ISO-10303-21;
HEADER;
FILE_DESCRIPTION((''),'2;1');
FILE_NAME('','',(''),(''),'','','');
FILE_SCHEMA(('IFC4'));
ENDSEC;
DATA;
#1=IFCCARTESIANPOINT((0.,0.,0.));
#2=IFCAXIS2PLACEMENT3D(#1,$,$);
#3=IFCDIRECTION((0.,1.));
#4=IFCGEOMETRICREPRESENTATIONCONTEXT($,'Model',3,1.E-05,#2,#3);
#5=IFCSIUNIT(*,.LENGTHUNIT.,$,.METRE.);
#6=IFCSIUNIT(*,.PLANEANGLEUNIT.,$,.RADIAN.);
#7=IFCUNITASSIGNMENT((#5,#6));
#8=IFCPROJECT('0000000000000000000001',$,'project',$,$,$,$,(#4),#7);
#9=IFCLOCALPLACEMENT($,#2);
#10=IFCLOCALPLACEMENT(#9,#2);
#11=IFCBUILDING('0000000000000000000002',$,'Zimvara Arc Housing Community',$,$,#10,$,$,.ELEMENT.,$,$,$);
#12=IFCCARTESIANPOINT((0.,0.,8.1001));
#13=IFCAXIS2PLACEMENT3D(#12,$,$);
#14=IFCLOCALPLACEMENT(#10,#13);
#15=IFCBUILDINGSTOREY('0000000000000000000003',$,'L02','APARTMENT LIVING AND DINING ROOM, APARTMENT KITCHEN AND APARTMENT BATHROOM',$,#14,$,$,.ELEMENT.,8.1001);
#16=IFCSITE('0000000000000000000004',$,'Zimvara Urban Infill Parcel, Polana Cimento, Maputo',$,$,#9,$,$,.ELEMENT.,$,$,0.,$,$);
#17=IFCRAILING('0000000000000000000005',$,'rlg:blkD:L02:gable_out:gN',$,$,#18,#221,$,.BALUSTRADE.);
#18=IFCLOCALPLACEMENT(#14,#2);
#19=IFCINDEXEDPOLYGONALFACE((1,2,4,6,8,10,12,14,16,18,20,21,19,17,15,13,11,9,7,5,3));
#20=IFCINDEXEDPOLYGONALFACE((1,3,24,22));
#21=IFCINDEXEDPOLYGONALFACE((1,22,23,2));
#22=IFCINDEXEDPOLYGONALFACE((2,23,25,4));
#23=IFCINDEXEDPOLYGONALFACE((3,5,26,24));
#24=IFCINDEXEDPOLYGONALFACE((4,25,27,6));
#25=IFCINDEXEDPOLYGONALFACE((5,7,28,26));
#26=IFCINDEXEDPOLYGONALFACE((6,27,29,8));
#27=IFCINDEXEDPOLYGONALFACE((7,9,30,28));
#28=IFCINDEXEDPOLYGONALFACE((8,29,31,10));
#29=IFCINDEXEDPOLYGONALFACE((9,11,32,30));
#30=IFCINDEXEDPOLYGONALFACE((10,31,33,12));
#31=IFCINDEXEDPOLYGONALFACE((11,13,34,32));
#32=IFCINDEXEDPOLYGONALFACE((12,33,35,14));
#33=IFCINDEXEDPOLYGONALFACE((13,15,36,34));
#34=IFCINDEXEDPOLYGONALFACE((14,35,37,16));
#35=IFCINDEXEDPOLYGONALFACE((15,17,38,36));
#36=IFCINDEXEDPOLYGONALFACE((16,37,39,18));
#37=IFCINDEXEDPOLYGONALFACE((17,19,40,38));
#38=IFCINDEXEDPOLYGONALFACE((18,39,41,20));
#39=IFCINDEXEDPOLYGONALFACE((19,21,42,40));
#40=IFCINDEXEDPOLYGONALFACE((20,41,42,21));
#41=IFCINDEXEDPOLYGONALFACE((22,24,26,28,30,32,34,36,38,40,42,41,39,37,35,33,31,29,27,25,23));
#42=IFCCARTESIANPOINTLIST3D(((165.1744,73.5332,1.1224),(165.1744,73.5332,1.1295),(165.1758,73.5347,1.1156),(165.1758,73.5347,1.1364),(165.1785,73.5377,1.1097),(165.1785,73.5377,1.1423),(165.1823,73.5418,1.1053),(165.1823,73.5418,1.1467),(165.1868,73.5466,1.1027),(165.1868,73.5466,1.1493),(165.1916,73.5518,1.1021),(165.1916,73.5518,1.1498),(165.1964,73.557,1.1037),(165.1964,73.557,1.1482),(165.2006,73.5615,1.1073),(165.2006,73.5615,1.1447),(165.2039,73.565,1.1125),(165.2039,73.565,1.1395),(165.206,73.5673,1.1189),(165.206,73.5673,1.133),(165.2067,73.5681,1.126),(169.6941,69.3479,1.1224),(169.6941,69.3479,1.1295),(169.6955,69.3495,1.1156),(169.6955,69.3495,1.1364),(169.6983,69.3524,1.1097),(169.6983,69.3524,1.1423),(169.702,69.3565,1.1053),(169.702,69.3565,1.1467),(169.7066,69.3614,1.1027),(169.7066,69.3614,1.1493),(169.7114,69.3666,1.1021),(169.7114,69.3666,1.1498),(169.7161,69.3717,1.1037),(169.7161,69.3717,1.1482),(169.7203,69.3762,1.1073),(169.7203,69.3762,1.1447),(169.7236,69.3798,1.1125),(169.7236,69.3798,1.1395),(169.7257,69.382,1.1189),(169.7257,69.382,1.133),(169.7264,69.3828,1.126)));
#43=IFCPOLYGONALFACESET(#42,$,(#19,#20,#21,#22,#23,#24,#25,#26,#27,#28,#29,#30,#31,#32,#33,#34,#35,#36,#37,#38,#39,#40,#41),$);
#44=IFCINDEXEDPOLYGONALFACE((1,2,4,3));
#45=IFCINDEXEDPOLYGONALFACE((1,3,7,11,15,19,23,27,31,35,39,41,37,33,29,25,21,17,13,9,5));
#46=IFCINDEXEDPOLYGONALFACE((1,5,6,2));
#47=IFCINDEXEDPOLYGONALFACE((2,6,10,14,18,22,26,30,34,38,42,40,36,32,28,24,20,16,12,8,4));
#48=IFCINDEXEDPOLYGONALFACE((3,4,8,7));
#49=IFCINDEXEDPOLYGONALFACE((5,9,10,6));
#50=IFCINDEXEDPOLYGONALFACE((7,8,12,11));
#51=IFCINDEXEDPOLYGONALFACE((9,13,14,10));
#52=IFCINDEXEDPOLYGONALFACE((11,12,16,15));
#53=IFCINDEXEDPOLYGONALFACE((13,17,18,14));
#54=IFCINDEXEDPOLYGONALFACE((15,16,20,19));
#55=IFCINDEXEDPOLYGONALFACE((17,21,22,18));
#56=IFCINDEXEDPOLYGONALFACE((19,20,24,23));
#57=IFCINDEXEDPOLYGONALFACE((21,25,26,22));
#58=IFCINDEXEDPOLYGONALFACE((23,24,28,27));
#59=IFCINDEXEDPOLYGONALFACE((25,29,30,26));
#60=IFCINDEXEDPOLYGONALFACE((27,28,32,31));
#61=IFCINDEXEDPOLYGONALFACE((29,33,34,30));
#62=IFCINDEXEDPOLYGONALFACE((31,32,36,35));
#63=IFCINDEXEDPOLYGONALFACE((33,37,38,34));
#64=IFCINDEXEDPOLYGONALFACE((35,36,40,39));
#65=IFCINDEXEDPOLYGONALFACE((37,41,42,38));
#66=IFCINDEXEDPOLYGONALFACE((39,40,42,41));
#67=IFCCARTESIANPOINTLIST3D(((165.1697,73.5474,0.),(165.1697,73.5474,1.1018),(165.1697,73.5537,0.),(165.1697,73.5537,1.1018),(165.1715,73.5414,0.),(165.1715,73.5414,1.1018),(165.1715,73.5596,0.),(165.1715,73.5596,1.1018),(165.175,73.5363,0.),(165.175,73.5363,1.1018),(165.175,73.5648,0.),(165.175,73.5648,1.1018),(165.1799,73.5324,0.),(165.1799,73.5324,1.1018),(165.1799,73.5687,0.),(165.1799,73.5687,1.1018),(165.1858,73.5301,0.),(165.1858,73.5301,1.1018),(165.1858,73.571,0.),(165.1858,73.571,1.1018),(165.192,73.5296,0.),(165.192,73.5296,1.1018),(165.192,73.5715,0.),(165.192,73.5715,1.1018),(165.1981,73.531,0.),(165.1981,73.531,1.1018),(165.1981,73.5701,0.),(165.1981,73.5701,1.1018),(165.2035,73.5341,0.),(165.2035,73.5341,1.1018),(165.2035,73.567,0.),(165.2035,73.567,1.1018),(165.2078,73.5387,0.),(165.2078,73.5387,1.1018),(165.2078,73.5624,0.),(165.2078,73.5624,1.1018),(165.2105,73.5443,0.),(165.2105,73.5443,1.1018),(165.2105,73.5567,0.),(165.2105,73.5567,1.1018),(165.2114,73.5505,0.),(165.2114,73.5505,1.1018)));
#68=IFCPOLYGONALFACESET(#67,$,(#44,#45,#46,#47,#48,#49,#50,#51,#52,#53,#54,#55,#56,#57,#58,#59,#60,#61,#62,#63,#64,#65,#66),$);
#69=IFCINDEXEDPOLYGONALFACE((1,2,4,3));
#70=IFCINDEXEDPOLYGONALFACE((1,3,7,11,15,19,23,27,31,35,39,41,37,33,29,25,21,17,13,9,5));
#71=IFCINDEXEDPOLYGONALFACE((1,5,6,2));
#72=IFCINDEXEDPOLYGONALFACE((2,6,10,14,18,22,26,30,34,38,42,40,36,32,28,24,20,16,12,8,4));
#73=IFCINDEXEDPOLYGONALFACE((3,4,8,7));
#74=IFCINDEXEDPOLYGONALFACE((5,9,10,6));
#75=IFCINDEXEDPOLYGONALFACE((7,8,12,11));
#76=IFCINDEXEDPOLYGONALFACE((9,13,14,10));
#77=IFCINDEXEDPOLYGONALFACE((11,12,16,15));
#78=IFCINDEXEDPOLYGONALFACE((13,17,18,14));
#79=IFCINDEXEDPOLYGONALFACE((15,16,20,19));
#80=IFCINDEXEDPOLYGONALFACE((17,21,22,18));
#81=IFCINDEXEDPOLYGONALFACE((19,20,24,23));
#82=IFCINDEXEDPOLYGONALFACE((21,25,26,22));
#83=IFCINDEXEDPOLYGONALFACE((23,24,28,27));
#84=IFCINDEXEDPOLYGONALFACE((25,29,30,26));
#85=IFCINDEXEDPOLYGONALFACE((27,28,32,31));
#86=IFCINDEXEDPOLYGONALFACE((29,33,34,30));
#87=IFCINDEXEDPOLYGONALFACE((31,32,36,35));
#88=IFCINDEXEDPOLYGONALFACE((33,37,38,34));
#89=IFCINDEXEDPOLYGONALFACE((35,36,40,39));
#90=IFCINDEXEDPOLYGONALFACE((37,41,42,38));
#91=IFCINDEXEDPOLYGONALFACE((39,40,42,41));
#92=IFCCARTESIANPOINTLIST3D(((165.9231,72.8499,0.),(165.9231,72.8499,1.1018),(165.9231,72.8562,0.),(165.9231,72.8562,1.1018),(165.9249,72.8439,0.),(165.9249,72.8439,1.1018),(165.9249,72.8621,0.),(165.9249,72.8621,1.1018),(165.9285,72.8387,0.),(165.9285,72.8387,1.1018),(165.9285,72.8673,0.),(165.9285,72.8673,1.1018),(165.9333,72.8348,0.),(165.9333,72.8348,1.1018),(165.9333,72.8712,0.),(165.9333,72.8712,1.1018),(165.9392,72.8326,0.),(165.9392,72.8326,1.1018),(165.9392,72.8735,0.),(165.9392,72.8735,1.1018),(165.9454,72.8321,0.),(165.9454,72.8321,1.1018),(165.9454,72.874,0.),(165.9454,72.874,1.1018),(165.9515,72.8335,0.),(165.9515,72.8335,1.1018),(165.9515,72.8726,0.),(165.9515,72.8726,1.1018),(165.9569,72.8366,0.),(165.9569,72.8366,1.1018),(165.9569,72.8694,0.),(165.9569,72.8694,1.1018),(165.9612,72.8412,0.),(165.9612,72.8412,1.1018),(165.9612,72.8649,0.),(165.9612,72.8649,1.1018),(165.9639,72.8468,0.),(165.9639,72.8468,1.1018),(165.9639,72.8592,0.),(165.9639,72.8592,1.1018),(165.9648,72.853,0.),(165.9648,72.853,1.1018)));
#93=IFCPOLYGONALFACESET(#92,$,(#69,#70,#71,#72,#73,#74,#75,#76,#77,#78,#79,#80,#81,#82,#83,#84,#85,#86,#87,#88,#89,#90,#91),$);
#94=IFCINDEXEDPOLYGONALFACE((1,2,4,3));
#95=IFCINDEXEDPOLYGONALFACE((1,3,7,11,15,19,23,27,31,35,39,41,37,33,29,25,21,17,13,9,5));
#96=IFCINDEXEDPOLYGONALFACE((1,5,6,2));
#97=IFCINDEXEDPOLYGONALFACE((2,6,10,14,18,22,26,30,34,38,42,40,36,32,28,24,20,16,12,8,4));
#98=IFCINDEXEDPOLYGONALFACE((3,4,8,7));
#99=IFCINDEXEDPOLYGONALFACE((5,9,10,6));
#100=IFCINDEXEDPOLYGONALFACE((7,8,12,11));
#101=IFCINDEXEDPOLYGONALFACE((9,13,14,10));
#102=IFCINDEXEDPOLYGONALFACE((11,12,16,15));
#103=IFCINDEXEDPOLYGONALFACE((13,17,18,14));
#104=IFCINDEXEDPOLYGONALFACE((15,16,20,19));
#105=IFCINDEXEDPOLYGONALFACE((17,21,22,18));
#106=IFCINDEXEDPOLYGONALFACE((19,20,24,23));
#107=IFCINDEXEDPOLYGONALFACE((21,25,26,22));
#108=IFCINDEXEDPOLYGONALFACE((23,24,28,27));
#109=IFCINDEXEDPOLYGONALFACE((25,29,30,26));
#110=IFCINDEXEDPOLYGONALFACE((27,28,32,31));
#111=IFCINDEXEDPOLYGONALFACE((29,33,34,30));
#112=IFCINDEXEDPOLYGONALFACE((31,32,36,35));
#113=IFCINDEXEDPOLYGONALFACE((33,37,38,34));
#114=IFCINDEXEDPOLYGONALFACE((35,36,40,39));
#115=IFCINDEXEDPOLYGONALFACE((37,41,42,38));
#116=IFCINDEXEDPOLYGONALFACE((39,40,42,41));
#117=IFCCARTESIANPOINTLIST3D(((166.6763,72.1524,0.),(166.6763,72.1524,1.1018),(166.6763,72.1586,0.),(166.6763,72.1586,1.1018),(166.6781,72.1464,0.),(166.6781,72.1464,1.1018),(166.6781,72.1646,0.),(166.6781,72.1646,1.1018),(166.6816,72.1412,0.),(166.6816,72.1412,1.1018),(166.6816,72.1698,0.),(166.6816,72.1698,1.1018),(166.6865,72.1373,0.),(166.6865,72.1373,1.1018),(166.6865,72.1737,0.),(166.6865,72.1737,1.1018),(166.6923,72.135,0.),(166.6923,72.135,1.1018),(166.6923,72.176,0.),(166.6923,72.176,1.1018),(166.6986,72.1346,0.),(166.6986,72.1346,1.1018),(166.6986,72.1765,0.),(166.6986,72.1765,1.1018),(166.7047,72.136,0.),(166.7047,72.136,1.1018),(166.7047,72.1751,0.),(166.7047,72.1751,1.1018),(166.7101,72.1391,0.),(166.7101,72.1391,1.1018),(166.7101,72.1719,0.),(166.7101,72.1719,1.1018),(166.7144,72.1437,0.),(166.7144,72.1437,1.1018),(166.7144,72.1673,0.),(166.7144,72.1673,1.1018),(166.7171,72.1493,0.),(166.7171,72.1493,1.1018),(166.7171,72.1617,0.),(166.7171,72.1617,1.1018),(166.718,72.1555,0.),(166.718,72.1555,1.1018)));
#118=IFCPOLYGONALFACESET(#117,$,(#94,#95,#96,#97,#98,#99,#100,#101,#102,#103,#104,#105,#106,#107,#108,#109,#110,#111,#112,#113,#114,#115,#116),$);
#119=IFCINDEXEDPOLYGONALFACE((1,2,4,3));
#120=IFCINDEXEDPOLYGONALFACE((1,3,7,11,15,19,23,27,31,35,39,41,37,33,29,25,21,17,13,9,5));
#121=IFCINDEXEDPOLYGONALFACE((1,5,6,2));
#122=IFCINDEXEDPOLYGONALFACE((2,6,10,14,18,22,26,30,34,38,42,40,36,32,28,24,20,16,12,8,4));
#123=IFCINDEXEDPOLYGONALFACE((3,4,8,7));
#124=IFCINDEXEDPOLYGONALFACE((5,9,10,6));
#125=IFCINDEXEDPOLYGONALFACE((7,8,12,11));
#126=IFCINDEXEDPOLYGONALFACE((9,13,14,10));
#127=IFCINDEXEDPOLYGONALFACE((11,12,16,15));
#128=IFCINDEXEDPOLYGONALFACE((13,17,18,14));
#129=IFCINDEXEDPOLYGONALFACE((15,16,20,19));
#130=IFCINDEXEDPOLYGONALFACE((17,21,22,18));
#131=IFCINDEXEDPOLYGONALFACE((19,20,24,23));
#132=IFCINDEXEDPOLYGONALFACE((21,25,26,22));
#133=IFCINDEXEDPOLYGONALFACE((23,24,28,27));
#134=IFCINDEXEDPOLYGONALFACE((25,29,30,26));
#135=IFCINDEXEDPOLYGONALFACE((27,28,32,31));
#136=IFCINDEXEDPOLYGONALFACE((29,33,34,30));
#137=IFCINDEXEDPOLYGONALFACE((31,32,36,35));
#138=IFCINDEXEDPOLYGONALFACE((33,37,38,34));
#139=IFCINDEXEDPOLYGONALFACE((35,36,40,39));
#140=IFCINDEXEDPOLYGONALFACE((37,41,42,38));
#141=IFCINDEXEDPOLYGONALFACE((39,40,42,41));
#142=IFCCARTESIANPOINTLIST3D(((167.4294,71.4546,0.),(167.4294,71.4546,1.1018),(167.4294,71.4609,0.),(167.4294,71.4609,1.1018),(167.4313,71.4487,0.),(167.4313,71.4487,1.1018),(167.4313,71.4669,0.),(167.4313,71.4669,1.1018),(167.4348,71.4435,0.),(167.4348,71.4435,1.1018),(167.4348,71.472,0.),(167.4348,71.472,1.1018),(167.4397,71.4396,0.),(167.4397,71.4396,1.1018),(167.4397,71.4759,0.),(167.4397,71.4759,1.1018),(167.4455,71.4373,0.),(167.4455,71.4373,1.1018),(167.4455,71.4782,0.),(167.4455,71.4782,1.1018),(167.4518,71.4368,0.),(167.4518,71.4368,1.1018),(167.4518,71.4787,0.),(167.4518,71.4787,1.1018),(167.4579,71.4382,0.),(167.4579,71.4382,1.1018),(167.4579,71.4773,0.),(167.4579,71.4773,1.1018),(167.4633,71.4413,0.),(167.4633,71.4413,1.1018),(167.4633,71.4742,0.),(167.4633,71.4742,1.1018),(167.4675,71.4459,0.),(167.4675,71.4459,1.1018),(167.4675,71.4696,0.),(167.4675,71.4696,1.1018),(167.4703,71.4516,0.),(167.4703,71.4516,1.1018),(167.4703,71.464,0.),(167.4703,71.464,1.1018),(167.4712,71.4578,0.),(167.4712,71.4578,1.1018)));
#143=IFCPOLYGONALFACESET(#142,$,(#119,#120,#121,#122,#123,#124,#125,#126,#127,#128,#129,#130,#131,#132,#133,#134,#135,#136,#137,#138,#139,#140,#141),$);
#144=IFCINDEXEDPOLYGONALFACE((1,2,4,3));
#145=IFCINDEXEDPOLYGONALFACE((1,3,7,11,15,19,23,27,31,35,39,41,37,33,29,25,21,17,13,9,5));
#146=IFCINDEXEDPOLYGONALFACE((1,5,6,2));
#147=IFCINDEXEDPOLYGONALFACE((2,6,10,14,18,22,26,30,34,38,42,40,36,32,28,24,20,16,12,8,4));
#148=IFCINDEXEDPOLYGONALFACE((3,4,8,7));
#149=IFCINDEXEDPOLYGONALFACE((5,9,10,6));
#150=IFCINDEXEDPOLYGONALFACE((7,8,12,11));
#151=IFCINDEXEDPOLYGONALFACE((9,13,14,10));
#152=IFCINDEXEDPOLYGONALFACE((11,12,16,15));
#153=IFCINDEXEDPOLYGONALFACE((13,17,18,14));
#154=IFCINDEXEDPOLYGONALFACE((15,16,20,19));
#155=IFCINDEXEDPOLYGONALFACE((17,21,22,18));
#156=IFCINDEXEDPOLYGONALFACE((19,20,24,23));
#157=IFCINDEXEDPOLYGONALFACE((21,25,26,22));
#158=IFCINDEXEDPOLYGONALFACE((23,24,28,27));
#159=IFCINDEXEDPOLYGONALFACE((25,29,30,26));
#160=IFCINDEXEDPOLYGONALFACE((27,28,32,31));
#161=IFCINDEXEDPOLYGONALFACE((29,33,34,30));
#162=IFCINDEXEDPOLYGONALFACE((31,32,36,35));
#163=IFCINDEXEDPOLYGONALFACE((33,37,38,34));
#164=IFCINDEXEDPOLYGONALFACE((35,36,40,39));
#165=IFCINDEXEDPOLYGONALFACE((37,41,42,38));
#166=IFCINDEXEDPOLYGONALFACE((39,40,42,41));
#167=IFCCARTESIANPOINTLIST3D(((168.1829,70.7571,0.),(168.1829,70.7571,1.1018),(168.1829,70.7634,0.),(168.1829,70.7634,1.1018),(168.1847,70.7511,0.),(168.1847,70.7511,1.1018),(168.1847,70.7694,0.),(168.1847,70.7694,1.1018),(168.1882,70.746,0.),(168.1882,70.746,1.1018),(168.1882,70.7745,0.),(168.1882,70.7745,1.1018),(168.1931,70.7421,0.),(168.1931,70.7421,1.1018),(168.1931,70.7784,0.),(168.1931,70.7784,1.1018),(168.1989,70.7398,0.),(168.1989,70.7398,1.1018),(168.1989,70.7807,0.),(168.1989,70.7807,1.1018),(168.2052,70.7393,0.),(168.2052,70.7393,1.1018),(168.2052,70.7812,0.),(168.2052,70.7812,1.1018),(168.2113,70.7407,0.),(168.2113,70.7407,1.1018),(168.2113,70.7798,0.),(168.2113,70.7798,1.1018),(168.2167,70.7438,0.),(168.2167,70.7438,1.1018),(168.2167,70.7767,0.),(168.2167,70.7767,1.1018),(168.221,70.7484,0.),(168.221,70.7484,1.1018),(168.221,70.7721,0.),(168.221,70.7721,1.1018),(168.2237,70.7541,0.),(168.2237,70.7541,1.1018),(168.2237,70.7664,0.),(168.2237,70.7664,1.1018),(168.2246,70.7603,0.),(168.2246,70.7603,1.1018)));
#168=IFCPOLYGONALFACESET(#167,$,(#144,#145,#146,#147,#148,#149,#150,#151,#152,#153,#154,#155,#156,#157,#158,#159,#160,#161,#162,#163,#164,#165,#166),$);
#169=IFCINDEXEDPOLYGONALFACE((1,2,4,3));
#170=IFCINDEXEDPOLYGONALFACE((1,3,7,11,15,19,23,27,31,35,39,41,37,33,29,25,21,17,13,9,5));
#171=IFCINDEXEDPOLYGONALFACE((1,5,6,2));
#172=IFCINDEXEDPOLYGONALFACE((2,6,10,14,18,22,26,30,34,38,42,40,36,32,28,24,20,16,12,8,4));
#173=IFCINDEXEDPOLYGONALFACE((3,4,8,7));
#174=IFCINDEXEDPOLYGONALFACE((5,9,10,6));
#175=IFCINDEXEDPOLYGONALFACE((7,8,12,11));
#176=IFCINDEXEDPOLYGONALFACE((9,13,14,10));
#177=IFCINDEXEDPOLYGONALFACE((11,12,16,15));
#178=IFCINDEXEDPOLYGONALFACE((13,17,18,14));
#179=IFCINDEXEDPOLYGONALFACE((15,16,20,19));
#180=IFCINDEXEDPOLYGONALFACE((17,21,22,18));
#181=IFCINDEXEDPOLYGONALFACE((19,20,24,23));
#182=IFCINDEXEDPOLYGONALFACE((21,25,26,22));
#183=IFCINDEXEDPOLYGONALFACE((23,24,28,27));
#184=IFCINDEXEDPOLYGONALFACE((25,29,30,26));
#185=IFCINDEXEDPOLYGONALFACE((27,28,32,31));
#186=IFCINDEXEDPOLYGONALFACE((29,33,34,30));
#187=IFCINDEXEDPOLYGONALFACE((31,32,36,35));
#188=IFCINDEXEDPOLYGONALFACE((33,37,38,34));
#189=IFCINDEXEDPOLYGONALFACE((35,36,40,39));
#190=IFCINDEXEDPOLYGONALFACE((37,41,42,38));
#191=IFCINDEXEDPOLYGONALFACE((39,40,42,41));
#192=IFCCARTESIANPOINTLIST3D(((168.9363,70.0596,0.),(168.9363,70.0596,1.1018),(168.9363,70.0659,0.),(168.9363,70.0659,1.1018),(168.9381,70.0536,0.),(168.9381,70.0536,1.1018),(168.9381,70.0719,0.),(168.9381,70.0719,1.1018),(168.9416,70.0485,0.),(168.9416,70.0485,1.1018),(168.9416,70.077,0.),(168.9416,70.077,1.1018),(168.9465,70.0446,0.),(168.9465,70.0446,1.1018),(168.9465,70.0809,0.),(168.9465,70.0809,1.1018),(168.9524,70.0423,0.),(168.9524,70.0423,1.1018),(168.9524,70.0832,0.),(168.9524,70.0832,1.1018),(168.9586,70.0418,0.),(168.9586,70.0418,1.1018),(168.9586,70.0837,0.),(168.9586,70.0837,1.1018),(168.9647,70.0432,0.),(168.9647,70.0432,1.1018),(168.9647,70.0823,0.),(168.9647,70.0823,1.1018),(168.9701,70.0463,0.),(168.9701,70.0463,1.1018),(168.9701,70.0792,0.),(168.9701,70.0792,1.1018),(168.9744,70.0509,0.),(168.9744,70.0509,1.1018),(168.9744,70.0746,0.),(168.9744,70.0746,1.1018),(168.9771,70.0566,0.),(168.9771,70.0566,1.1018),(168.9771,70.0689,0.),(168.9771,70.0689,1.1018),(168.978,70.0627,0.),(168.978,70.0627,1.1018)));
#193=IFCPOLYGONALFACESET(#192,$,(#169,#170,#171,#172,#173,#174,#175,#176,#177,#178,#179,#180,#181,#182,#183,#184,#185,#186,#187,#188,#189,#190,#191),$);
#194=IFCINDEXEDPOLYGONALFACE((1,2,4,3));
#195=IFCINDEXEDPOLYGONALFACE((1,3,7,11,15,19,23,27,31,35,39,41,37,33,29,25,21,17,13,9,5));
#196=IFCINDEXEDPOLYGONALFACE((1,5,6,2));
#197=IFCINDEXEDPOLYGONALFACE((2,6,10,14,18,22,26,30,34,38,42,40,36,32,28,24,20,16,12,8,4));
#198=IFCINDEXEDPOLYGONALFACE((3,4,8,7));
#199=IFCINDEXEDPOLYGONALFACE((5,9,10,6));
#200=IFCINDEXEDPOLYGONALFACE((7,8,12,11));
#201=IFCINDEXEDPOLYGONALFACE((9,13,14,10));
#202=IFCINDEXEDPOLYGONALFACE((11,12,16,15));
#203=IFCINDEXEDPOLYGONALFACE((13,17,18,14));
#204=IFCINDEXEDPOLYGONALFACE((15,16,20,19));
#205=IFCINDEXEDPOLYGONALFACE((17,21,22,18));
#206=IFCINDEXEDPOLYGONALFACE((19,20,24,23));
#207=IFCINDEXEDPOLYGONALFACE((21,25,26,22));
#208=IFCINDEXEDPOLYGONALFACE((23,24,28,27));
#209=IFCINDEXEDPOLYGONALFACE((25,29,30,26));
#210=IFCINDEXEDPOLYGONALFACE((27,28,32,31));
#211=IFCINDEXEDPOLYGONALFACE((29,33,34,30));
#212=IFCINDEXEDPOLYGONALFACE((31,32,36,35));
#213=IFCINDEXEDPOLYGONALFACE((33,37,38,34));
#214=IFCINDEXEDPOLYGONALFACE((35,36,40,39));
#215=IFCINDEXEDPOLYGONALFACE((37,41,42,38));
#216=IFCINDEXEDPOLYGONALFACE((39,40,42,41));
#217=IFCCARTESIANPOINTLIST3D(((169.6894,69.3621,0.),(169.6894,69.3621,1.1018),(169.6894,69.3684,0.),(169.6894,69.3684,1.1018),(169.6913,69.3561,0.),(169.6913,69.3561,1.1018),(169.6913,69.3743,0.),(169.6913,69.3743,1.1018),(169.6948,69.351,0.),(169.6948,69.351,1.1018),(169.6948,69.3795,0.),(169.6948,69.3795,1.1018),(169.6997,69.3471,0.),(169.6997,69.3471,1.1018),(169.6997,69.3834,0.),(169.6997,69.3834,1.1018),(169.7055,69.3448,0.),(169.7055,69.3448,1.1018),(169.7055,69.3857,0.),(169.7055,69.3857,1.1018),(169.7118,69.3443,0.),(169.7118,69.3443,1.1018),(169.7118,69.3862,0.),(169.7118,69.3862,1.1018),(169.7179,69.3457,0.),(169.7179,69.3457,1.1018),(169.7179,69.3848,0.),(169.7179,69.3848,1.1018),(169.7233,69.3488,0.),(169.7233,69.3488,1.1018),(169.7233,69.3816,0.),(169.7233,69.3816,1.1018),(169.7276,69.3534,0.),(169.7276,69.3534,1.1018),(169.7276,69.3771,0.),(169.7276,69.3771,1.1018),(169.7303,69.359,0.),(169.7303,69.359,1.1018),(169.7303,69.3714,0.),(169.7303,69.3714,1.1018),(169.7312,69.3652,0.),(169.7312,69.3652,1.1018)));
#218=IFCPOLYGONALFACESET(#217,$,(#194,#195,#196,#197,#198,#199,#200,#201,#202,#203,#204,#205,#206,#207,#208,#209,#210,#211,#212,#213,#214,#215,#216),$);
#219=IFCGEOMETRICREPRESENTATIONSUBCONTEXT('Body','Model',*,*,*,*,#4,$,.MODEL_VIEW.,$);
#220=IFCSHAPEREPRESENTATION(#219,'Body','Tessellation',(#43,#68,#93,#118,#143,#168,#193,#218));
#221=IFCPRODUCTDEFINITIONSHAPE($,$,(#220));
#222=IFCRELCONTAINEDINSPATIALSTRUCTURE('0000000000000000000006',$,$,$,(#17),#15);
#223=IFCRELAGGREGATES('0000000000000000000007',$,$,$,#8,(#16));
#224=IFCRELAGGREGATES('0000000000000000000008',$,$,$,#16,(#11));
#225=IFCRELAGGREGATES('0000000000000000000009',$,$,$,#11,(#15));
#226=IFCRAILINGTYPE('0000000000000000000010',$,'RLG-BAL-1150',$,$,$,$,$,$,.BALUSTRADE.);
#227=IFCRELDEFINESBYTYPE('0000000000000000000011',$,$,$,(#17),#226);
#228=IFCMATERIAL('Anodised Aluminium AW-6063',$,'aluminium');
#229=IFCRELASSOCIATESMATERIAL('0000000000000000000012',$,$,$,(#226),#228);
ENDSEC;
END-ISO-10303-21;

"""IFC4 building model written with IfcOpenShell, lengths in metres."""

from ifc_helpers import new_model, si_unit, direction, frame, origin, origin_2d, place, context, subcontext, project, spatial, circle, extrude, material, type_object, element, save


model = new_model("IFC4")

# Units and contexts
model_context = context("Model", 3, precision=1e-05, world=origin(), true_north=direction((0.0, 1.0)))
body_context = subcontext(model_context, "Body", "Model", "MODEL_VIEW")
ifc_project = project(units=[si_unit("LENGTHUNIT", "METRE"), si_unit("PLANEANGLEUNIT", "RADIAN")], contexts=[model_context])

# Site, building, storey
site_placement = place(None, origin())
site = spatial("IfcSite", under=ifc_project, at=site_placement, Name="Zimvara Urban Infill Parcel, Polana Cimento, Maputo", CompositionType="ELEMENT", RefElevation=0.0)
building_placement = place(site_placement, origin())
building = spatial("IfcBuilding", under=site, at=building_placement, Name="Zimvara Arc Housing Community", CompositionType="ELEMENT")
storey_placement = place(building_placement, frame((0.0, 0.0, 8.1001)))
storey = spatial("IfcBuildingStorey", under=building, at=storey_placement, Name="L02", Description="APARTMENT LIVING AND DINING ROOM, APARTMENT KITCHEN AND APARTMENT BATHROOM", CompositionType="ELEMENT", Elevation=8.1001)

# Railing
ifc_material_1 = material(Name="Anodised Aluminium AW-6063", Category="aluminium")
railing_type_1 = type_object("IfcRailingType", Name="RLG-BAL-1150", PredefinedType="BALUSTRADE", material=ifc_material_1)
railing_1_placement = place(storey_placement, frame((165.1904, 73.5505, 0.0)))
element("IfcRailing", 1, at=railing_1_placement, inside=storey, type_object=railing_type_1, Name="rlg:blkD:L02:gable_out:gN", PredefinedType="BALUSTRADE", context=body_context, shape_type="SweptSolid", body=[
    extrude(circle(Radius=0.0239, at=origin_2d()), frame((0.0, 0.0, 1.126), z_axis=(0.733734, -0.679436, 0.0), x_axis=(0.679436, 0.733734, 0.0)), (0.0, 0.0, 1.0), 6.1599),
    extrude(circle(Radius=0.021, at=origin_2d()), origin(), (0.0, 0.0, 1.0), 1.1018),
    extrude(circle(Radius=0.021, at=origin_2d()), frame((0.7534, -0.6975, 0.0)), (0.0, 0.0, 1.0), 1.1018),
    extrude(circle(Radius=0.021, at=origin_2d()), frame((1.5066, -1.395, 0.0)), (0.0, 0.0, 1.0), 1.1018),
    extrude(circle(Radius=0.021, at=origin_2d()), frame((2.2598, -2.0928, 0.0)), (0.0, 0.0, 1.0), 1.1018),
    extrude(circle(Radius=0.021, at=origin_2d()), frame((3.0132, -2.7903, 0.0)), (0.0, 0.0, 1.0), 1.1018),
    extrude(circle(Radius=0.021, at=origin_2d()), frame((3.7666, -3.4878, 0.0)), (0.0, 0.0, 1.0), 1.1018),
    extrude(circle(Radius=0.021, at=origin_2d()), frame((4.5198, -4.1853, 0.0)), (0.0, 0.0, 1.0), 1.1018),
])

save(model, "model.ifc")
